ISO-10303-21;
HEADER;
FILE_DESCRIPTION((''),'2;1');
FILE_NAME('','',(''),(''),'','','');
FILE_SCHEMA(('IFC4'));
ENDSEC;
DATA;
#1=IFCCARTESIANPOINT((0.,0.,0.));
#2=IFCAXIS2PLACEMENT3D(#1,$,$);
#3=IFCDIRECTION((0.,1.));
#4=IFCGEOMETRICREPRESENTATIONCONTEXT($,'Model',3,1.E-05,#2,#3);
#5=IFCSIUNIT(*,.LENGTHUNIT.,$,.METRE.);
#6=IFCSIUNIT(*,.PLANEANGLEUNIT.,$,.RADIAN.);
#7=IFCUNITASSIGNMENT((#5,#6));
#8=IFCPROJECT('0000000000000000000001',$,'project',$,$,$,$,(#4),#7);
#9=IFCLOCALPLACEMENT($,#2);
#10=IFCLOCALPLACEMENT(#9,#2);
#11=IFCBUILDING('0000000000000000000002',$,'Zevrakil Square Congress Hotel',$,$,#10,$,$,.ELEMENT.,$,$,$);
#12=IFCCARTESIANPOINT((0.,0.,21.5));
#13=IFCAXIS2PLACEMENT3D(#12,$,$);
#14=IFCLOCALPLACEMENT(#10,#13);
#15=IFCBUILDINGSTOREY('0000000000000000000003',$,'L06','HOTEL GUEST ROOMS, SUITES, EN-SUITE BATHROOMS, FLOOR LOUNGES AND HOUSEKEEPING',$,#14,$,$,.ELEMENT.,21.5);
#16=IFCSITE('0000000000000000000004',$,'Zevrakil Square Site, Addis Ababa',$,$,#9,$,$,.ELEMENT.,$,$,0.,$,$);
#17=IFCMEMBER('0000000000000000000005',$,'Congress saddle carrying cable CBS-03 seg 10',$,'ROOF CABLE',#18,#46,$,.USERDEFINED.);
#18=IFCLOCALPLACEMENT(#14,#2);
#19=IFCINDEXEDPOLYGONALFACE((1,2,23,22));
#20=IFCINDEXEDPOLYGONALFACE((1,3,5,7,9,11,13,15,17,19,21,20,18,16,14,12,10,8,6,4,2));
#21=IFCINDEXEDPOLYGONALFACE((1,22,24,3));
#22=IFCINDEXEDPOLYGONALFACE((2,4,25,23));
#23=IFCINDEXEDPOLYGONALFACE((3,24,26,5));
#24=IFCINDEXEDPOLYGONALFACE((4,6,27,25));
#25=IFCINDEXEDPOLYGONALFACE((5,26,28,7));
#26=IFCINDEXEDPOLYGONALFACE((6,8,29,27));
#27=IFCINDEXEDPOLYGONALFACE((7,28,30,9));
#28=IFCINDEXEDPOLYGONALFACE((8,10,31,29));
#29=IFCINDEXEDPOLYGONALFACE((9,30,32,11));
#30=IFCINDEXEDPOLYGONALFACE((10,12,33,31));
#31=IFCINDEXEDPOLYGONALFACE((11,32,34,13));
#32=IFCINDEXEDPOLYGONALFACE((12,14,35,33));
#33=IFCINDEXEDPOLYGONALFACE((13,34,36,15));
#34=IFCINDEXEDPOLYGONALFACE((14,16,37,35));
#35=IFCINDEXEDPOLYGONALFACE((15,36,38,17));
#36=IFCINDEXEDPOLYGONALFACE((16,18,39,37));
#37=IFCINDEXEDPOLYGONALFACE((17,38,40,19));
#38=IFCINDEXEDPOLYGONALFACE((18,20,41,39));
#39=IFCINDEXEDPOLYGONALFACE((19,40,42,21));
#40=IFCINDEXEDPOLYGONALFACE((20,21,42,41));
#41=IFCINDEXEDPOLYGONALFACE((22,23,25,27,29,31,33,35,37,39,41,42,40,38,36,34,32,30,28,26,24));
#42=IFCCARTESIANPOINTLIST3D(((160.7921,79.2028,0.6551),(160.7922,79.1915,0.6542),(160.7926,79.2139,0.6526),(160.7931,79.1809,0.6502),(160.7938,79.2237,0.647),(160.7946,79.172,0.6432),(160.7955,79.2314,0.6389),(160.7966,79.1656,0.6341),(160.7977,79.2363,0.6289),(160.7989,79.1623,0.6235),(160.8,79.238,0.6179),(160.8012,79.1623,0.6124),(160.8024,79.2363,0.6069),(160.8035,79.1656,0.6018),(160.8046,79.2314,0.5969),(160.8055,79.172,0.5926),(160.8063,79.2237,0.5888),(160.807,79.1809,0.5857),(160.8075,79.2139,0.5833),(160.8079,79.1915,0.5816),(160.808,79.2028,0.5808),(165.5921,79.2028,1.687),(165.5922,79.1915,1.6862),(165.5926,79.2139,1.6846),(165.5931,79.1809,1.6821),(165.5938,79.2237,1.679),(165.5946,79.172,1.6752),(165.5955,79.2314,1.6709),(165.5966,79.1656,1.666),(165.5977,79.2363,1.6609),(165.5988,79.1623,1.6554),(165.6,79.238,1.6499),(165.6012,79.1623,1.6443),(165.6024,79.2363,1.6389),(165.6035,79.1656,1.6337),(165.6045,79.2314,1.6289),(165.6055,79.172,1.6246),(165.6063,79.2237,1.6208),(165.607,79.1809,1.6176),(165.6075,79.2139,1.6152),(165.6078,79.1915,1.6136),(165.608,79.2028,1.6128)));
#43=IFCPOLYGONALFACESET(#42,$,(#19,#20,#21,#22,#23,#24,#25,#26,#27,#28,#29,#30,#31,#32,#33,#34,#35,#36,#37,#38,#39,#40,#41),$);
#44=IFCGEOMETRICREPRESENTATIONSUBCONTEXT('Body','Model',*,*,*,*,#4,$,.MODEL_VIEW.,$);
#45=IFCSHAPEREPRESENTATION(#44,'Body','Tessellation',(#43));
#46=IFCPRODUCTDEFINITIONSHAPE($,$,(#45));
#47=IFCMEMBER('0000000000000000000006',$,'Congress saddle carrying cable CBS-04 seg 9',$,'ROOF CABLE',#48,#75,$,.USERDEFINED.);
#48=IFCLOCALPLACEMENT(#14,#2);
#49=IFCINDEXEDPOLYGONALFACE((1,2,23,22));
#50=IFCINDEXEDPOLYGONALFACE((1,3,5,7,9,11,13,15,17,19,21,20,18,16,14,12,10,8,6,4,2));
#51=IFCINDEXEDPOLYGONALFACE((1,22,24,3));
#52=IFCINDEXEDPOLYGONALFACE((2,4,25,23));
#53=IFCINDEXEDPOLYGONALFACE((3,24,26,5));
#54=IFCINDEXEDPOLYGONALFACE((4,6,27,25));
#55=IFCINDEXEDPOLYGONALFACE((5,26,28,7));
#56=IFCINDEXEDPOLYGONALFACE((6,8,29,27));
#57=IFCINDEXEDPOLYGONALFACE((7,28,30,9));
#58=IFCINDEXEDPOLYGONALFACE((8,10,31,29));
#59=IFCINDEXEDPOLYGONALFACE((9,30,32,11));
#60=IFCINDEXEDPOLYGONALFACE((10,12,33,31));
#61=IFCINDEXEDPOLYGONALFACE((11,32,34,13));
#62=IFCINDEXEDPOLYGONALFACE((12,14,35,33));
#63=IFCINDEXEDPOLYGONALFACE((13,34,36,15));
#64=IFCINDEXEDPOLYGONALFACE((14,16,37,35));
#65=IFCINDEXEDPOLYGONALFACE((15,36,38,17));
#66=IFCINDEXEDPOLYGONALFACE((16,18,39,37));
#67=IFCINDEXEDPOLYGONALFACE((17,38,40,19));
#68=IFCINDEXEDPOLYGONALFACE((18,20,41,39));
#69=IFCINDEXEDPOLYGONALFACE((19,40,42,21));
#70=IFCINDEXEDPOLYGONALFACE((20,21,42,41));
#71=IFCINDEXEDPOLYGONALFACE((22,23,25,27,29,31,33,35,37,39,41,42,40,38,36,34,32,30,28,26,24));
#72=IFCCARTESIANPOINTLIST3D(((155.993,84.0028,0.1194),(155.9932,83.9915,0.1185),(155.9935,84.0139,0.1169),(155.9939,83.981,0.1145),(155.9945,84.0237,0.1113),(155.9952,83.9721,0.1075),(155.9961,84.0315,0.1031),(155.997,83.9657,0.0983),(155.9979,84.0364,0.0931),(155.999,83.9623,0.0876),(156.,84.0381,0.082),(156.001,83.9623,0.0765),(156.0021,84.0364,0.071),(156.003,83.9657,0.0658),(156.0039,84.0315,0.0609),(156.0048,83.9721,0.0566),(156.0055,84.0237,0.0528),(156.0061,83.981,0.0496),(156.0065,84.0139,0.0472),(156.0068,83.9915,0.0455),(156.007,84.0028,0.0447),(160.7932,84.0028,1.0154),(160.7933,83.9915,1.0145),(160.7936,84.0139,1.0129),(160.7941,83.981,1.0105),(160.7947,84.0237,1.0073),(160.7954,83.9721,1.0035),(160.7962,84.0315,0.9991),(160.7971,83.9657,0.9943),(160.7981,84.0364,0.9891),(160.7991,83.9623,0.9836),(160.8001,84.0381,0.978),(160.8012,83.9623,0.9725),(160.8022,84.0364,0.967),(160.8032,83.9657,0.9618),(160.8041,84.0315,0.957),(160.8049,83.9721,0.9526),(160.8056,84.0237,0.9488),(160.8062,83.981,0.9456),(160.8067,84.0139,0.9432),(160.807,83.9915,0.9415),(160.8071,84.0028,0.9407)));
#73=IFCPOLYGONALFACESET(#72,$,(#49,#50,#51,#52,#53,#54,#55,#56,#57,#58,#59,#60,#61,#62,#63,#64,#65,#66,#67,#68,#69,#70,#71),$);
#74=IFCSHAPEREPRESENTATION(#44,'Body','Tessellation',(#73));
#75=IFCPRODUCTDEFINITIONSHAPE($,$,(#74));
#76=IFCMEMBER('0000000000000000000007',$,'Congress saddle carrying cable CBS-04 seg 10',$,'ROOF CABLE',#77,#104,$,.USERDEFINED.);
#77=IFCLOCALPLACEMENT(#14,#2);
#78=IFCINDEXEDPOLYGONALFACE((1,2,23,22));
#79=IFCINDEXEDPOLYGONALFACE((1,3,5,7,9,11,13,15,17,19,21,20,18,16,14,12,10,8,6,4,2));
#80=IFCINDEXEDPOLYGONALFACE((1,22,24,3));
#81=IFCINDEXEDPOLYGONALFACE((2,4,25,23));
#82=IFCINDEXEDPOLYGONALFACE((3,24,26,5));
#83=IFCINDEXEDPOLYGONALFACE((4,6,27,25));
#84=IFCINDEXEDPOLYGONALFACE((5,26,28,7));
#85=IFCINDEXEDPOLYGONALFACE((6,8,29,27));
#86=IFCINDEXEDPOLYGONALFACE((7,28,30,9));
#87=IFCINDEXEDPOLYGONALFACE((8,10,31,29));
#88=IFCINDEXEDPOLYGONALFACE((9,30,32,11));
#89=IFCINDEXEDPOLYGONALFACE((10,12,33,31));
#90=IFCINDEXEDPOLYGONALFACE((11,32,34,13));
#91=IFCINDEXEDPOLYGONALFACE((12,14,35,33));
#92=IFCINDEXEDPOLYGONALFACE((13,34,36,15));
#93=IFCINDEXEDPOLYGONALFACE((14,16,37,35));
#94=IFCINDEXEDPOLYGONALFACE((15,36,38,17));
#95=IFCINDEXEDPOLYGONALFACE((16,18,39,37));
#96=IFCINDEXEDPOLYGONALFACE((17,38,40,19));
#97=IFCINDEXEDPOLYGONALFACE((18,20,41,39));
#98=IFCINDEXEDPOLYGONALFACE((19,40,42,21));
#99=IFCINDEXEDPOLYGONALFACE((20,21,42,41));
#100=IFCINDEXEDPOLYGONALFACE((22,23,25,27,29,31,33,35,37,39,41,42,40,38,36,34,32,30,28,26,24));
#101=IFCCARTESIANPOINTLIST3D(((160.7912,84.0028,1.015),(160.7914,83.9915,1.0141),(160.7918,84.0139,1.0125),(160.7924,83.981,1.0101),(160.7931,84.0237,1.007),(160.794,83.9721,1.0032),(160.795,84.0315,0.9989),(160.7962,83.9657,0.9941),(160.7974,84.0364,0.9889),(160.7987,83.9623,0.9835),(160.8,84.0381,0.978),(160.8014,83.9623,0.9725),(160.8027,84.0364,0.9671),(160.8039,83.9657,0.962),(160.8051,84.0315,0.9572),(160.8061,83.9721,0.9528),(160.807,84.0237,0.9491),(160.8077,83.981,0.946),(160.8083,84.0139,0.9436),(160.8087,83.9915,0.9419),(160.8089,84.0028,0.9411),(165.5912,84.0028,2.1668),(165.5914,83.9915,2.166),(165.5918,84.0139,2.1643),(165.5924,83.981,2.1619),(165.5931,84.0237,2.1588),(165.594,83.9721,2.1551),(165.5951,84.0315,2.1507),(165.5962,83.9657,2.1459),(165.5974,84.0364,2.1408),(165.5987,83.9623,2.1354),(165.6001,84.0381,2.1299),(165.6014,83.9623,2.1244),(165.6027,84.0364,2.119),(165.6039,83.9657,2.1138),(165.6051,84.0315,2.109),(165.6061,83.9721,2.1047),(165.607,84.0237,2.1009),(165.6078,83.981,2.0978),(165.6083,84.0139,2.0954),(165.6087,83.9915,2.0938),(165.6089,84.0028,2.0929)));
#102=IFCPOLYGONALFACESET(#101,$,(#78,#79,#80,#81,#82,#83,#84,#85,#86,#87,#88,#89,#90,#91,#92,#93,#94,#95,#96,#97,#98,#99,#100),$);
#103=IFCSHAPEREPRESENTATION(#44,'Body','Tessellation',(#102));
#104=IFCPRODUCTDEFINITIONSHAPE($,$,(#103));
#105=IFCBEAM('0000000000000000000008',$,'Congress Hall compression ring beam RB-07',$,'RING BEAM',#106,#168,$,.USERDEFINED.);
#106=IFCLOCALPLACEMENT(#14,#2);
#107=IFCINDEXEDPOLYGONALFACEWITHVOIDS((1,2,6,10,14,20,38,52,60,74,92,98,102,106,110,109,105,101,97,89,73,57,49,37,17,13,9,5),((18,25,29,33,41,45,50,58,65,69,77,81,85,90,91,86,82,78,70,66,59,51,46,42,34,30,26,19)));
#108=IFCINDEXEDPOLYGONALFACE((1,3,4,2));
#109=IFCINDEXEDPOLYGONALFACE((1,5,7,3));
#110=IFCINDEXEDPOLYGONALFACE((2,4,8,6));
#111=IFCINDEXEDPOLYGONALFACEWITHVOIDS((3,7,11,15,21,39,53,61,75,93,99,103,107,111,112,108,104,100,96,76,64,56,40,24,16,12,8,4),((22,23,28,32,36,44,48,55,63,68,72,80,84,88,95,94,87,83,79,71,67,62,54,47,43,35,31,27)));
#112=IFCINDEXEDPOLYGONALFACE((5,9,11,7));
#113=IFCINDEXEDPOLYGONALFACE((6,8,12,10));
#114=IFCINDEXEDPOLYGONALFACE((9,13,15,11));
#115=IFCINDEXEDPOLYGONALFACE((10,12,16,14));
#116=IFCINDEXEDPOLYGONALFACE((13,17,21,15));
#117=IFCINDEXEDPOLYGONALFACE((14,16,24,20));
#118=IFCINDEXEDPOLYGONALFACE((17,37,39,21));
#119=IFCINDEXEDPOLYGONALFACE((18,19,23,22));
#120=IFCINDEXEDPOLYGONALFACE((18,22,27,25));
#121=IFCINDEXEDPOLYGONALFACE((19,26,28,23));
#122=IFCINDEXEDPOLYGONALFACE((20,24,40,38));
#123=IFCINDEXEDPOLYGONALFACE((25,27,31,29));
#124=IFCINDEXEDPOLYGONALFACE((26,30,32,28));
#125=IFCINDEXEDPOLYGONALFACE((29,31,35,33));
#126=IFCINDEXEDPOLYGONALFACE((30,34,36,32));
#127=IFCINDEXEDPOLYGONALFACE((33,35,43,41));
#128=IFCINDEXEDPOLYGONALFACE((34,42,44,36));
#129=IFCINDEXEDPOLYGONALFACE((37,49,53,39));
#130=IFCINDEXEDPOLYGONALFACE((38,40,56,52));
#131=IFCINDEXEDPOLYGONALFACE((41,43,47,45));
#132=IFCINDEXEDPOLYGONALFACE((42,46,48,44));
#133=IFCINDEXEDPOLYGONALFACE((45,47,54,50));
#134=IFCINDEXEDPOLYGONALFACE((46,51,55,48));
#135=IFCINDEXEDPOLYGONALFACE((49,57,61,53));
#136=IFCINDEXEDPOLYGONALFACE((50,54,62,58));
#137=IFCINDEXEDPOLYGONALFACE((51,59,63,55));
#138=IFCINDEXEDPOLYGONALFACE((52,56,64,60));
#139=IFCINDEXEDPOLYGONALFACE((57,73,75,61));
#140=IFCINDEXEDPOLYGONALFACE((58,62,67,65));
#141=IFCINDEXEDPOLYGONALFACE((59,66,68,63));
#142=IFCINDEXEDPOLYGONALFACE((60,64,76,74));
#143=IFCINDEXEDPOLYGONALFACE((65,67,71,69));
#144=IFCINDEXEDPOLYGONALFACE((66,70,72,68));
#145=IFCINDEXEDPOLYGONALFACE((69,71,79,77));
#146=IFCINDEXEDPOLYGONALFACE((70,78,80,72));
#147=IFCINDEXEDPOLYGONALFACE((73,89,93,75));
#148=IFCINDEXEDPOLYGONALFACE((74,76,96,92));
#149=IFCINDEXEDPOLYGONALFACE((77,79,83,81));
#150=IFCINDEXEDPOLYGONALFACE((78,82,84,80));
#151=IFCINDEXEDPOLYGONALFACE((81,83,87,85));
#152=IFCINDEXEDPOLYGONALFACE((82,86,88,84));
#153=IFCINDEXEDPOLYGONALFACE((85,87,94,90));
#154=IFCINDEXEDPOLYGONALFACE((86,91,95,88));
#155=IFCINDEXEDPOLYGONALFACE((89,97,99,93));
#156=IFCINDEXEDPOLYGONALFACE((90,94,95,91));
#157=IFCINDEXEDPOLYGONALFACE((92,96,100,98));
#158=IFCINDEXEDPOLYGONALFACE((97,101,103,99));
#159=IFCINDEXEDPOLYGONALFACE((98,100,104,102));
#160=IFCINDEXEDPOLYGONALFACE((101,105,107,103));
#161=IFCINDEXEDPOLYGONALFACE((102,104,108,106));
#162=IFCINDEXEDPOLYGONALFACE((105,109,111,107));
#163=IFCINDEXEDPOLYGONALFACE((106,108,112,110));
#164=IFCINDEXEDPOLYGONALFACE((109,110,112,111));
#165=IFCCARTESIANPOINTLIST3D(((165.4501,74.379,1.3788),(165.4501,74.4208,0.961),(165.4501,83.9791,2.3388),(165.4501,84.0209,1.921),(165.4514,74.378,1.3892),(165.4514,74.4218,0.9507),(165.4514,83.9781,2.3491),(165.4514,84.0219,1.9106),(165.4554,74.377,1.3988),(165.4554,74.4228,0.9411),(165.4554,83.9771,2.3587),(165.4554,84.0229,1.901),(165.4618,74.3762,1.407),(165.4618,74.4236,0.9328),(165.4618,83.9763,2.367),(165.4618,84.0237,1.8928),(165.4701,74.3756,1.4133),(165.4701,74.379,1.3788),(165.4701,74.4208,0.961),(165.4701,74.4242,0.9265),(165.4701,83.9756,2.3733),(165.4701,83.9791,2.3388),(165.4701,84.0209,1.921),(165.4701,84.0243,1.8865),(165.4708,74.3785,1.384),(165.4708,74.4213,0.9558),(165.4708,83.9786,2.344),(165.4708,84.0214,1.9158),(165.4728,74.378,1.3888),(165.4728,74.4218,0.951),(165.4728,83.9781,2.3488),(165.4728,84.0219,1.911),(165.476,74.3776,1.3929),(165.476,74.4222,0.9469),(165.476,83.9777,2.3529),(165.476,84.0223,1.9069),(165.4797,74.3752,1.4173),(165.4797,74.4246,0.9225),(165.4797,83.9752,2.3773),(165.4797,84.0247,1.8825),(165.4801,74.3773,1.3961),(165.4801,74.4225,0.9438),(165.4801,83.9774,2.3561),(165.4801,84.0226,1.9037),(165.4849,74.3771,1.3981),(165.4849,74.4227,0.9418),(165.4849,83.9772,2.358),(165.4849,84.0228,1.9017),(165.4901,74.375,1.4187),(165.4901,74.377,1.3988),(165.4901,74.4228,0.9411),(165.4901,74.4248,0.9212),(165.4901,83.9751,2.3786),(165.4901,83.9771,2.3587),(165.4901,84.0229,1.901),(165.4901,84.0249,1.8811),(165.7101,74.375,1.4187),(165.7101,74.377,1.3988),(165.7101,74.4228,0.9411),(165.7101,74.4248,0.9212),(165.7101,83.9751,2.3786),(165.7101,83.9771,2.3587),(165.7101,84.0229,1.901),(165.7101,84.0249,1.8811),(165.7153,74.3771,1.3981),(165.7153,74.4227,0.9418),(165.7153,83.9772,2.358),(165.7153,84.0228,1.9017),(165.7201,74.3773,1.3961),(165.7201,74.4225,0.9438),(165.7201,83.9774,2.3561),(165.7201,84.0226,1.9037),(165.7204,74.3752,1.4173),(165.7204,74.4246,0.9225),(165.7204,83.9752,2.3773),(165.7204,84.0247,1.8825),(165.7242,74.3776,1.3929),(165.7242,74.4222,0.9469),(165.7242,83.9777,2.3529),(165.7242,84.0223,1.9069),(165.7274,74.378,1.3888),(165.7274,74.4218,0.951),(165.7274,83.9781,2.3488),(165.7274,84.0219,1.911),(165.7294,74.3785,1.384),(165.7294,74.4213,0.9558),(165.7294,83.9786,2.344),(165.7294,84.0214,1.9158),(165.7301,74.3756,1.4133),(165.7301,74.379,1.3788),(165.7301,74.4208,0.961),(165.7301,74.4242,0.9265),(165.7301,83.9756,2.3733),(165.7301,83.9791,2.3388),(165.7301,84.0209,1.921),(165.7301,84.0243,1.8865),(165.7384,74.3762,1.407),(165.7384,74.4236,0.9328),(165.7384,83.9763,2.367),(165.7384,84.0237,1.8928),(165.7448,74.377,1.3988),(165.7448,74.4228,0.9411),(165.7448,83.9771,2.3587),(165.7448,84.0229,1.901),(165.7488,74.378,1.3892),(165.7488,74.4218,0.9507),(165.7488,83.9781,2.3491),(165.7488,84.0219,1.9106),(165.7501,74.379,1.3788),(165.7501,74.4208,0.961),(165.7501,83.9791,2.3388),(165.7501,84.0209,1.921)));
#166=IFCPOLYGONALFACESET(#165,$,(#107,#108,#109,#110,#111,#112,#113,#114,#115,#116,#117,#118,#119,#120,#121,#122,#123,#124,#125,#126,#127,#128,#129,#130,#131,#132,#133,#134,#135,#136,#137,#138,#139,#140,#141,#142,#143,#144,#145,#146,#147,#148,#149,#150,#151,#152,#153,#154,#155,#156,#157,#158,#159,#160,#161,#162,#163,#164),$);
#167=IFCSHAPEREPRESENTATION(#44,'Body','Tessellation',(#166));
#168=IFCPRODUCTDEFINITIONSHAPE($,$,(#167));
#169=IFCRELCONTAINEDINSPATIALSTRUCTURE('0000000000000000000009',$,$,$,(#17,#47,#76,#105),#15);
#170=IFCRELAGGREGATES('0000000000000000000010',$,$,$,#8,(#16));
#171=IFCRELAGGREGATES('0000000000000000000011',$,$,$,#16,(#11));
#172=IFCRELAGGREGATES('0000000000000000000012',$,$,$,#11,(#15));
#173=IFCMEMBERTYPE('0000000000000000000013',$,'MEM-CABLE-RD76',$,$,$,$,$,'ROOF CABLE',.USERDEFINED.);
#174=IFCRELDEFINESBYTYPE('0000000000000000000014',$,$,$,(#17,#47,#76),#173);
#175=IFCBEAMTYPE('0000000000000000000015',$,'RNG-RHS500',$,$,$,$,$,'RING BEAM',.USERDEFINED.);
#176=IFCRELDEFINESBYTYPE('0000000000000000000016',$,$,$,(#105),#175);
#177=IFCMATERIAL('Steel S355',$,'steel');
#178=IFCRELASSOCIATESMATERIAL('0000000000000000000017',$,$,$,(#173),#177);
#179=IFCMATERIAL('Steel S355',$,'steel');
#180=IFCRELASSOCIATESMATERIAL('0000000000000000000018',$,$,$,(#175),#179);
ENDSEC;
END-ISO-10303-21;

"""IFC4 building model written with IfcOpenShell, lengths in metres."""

from ifc_helpers import new_model, si_unit, direction, frame, origin, origin_2d, place, context, subcontext, project, spatial, hollow_rectangle, circle, extrude, material, material_profile, profile_set, type_object, element, save


model = new_model("IFC4")

# Units and contexts
model_context = context("Model", 3, precision=1e-05, world=origin(), true_north=direction((0.0, 1.0)))
body_context = subcontext(model_context, "Body", "Model", "MODEL_VIEW")
ifc_project = project(units=[si_unit("LENGTHUNIT", "METRE"), si_unit("PLANEANGLEUNIT", "RADIAN")], contexts=[model_context])

# Site, building, storey
site_placement = place(None, origin())
site = spatial("IfcSite", under=ifc_project, at=site_placement, Name="Zevrakil Square Site, Addis Ababa", CompositionType="ELEMENT", RefElevation=0.0)
building_placement = place(site_placement, origin())
building = spatial("IfcBuilding", under=site, at=building_placement, Name="Zevrakil Square Congress Hotel", CompositionType="ELEMENT")
storey_placement = place(building_placement, frame((0.0, 0.0, 21.5)))
storey = spatial("IfcBuildingStorey", under=building, at=storey_placement, Name="L06", Description="HOTEL GUEST ROOMS, SUITES, EN-SUITE BATHROOMS, FLOOR LOUNGES AND HOUSEKEEPING", CompositionType="ELEMENT", Elevation=21.5)

# Members
ifc_material_1 = material(Name="Steel S355", Category="steel")
ifc_material_profile_1 = material_profile(ifc_material_1, circle(Radius=0.0381, at=origin_2d()), Name="CABLE RD76")
ifc_profile_set_1 = profile_set([ifc_material_profile_1], Name="Steel S355")
member_type_1 = type_object("IfcMemberType", Name="MEM-CABLE-RD76", ElementType="ROOF CABLE", PredefinedType="USERDEFINED", material=ifc_profile_set_1)
member_1_placement = place(storey_placement, frame((160.8, 79.2, 0.6179), z_axis=(0.97766, 0.0, 0.210191), x_axis=(0.0, 1.0, 0.0)))
element("IfcMember", 1, at=member_1_placement, inside=storey, type_object=member_type_1, Name="Congress saddle carrying cable CBS-03 seg 10", ObjectType="ROOF CABLE", PredefinedType="USERDEFINED", context=body_context, shape_type="SweptSolid", body=[
    extrude(circle(Radius=0.0381, at=origin_2d()), origin(), (0.0, 0.0, 1.0), 4.9097),
])
member_2_placement = place(storey_placement, frame((156.0, 84.0, 0.082), z_axis=(0.983021, 0.0, 0.183495), x_axis=(0.0, 1.0, 0.0)))
element("IfcMember", 2, at=member_2_placement, inside=storey, type_object=member_type_1, Name="Congress saddle carrying cable CBS-04 seg 9", ObjectType="ROOF CABLE", PredefinedType="USERDEFINED", context=body_context, shape_type="SweptSolid", body=[
    extrude(circle(Radius=0.0381, at=origin_2d()), origin(), (0.0, 0.0, 1.0), 4.8831),
])
member_3_placement = place(storey_placement, frame((160.8, 84.0, 0.978), z_axis=(0.972394, 0.0, 0.233343), x_axis=(0.0, 1.0, 0.0)))
element("IfcMember", 3, at=member_3_placement, inside=storey, type_object=member_type_1, Name="Congress saddle carrying cable CBS-04 seg 10", ObjectType="ROOF CABLE", PredefinedType="USERDEFINED", context=body_context, shape_type="SweptSolid", body=[
    extrude(circle(Radius=0.0381, at=origin_2d()), origin(), (0.0, 0.0, 1.0), 4.9363),
])

# Beam
ifc_material_2 = material(Name="Steel S355", Category="steel")
ifc_material_profile_2 = material_profile(ifc_material_2, hollow_rectangle(XDim=0.3, YDim=0.5, WallThickness=0.02, InnerFilletRadius=0.02, OuterFilletRadius=0.04, at=origin_2d()), Name="RHS 500x300x20")
ifc_profile_set_2 = profile_set([ifc_material_profile_2], Name="Steel S355")
beam_type = type_object("IfcBeamType", Name="RNG-RHS500", ElementType="RING BEAM", PredefinedType="USERDEFINED", material=ifc_profile_set_2)
beam_1_placement = place(storey_placement, frame((165.6001, 74.3999, 1.1699), z_axis=(0.0, 0.995038, 0.099499), x_axis=(-1.0, 0.0, 0.0)))
element("IfcBeam", 4, at=beam_1_placement, inside=storey, type_object=beam_type, Name="Congress Hall compression ring beam RB-07", ObjectType="RING BEAM", PredefinedType="USERDEFINED", context=body_context, shape_type="SweptSolid", body=[
    extrude(hollow_rectangle(XDim=0.3, YDim=0.5, WallThickness=0.02, InnerFilletRadius=0.02, OuterFilletRadius=0.04, at=origin_2d()), origin(), (0.0, 0.0, 1.0), 9.6479),
])

save(model, "model.ifc")
